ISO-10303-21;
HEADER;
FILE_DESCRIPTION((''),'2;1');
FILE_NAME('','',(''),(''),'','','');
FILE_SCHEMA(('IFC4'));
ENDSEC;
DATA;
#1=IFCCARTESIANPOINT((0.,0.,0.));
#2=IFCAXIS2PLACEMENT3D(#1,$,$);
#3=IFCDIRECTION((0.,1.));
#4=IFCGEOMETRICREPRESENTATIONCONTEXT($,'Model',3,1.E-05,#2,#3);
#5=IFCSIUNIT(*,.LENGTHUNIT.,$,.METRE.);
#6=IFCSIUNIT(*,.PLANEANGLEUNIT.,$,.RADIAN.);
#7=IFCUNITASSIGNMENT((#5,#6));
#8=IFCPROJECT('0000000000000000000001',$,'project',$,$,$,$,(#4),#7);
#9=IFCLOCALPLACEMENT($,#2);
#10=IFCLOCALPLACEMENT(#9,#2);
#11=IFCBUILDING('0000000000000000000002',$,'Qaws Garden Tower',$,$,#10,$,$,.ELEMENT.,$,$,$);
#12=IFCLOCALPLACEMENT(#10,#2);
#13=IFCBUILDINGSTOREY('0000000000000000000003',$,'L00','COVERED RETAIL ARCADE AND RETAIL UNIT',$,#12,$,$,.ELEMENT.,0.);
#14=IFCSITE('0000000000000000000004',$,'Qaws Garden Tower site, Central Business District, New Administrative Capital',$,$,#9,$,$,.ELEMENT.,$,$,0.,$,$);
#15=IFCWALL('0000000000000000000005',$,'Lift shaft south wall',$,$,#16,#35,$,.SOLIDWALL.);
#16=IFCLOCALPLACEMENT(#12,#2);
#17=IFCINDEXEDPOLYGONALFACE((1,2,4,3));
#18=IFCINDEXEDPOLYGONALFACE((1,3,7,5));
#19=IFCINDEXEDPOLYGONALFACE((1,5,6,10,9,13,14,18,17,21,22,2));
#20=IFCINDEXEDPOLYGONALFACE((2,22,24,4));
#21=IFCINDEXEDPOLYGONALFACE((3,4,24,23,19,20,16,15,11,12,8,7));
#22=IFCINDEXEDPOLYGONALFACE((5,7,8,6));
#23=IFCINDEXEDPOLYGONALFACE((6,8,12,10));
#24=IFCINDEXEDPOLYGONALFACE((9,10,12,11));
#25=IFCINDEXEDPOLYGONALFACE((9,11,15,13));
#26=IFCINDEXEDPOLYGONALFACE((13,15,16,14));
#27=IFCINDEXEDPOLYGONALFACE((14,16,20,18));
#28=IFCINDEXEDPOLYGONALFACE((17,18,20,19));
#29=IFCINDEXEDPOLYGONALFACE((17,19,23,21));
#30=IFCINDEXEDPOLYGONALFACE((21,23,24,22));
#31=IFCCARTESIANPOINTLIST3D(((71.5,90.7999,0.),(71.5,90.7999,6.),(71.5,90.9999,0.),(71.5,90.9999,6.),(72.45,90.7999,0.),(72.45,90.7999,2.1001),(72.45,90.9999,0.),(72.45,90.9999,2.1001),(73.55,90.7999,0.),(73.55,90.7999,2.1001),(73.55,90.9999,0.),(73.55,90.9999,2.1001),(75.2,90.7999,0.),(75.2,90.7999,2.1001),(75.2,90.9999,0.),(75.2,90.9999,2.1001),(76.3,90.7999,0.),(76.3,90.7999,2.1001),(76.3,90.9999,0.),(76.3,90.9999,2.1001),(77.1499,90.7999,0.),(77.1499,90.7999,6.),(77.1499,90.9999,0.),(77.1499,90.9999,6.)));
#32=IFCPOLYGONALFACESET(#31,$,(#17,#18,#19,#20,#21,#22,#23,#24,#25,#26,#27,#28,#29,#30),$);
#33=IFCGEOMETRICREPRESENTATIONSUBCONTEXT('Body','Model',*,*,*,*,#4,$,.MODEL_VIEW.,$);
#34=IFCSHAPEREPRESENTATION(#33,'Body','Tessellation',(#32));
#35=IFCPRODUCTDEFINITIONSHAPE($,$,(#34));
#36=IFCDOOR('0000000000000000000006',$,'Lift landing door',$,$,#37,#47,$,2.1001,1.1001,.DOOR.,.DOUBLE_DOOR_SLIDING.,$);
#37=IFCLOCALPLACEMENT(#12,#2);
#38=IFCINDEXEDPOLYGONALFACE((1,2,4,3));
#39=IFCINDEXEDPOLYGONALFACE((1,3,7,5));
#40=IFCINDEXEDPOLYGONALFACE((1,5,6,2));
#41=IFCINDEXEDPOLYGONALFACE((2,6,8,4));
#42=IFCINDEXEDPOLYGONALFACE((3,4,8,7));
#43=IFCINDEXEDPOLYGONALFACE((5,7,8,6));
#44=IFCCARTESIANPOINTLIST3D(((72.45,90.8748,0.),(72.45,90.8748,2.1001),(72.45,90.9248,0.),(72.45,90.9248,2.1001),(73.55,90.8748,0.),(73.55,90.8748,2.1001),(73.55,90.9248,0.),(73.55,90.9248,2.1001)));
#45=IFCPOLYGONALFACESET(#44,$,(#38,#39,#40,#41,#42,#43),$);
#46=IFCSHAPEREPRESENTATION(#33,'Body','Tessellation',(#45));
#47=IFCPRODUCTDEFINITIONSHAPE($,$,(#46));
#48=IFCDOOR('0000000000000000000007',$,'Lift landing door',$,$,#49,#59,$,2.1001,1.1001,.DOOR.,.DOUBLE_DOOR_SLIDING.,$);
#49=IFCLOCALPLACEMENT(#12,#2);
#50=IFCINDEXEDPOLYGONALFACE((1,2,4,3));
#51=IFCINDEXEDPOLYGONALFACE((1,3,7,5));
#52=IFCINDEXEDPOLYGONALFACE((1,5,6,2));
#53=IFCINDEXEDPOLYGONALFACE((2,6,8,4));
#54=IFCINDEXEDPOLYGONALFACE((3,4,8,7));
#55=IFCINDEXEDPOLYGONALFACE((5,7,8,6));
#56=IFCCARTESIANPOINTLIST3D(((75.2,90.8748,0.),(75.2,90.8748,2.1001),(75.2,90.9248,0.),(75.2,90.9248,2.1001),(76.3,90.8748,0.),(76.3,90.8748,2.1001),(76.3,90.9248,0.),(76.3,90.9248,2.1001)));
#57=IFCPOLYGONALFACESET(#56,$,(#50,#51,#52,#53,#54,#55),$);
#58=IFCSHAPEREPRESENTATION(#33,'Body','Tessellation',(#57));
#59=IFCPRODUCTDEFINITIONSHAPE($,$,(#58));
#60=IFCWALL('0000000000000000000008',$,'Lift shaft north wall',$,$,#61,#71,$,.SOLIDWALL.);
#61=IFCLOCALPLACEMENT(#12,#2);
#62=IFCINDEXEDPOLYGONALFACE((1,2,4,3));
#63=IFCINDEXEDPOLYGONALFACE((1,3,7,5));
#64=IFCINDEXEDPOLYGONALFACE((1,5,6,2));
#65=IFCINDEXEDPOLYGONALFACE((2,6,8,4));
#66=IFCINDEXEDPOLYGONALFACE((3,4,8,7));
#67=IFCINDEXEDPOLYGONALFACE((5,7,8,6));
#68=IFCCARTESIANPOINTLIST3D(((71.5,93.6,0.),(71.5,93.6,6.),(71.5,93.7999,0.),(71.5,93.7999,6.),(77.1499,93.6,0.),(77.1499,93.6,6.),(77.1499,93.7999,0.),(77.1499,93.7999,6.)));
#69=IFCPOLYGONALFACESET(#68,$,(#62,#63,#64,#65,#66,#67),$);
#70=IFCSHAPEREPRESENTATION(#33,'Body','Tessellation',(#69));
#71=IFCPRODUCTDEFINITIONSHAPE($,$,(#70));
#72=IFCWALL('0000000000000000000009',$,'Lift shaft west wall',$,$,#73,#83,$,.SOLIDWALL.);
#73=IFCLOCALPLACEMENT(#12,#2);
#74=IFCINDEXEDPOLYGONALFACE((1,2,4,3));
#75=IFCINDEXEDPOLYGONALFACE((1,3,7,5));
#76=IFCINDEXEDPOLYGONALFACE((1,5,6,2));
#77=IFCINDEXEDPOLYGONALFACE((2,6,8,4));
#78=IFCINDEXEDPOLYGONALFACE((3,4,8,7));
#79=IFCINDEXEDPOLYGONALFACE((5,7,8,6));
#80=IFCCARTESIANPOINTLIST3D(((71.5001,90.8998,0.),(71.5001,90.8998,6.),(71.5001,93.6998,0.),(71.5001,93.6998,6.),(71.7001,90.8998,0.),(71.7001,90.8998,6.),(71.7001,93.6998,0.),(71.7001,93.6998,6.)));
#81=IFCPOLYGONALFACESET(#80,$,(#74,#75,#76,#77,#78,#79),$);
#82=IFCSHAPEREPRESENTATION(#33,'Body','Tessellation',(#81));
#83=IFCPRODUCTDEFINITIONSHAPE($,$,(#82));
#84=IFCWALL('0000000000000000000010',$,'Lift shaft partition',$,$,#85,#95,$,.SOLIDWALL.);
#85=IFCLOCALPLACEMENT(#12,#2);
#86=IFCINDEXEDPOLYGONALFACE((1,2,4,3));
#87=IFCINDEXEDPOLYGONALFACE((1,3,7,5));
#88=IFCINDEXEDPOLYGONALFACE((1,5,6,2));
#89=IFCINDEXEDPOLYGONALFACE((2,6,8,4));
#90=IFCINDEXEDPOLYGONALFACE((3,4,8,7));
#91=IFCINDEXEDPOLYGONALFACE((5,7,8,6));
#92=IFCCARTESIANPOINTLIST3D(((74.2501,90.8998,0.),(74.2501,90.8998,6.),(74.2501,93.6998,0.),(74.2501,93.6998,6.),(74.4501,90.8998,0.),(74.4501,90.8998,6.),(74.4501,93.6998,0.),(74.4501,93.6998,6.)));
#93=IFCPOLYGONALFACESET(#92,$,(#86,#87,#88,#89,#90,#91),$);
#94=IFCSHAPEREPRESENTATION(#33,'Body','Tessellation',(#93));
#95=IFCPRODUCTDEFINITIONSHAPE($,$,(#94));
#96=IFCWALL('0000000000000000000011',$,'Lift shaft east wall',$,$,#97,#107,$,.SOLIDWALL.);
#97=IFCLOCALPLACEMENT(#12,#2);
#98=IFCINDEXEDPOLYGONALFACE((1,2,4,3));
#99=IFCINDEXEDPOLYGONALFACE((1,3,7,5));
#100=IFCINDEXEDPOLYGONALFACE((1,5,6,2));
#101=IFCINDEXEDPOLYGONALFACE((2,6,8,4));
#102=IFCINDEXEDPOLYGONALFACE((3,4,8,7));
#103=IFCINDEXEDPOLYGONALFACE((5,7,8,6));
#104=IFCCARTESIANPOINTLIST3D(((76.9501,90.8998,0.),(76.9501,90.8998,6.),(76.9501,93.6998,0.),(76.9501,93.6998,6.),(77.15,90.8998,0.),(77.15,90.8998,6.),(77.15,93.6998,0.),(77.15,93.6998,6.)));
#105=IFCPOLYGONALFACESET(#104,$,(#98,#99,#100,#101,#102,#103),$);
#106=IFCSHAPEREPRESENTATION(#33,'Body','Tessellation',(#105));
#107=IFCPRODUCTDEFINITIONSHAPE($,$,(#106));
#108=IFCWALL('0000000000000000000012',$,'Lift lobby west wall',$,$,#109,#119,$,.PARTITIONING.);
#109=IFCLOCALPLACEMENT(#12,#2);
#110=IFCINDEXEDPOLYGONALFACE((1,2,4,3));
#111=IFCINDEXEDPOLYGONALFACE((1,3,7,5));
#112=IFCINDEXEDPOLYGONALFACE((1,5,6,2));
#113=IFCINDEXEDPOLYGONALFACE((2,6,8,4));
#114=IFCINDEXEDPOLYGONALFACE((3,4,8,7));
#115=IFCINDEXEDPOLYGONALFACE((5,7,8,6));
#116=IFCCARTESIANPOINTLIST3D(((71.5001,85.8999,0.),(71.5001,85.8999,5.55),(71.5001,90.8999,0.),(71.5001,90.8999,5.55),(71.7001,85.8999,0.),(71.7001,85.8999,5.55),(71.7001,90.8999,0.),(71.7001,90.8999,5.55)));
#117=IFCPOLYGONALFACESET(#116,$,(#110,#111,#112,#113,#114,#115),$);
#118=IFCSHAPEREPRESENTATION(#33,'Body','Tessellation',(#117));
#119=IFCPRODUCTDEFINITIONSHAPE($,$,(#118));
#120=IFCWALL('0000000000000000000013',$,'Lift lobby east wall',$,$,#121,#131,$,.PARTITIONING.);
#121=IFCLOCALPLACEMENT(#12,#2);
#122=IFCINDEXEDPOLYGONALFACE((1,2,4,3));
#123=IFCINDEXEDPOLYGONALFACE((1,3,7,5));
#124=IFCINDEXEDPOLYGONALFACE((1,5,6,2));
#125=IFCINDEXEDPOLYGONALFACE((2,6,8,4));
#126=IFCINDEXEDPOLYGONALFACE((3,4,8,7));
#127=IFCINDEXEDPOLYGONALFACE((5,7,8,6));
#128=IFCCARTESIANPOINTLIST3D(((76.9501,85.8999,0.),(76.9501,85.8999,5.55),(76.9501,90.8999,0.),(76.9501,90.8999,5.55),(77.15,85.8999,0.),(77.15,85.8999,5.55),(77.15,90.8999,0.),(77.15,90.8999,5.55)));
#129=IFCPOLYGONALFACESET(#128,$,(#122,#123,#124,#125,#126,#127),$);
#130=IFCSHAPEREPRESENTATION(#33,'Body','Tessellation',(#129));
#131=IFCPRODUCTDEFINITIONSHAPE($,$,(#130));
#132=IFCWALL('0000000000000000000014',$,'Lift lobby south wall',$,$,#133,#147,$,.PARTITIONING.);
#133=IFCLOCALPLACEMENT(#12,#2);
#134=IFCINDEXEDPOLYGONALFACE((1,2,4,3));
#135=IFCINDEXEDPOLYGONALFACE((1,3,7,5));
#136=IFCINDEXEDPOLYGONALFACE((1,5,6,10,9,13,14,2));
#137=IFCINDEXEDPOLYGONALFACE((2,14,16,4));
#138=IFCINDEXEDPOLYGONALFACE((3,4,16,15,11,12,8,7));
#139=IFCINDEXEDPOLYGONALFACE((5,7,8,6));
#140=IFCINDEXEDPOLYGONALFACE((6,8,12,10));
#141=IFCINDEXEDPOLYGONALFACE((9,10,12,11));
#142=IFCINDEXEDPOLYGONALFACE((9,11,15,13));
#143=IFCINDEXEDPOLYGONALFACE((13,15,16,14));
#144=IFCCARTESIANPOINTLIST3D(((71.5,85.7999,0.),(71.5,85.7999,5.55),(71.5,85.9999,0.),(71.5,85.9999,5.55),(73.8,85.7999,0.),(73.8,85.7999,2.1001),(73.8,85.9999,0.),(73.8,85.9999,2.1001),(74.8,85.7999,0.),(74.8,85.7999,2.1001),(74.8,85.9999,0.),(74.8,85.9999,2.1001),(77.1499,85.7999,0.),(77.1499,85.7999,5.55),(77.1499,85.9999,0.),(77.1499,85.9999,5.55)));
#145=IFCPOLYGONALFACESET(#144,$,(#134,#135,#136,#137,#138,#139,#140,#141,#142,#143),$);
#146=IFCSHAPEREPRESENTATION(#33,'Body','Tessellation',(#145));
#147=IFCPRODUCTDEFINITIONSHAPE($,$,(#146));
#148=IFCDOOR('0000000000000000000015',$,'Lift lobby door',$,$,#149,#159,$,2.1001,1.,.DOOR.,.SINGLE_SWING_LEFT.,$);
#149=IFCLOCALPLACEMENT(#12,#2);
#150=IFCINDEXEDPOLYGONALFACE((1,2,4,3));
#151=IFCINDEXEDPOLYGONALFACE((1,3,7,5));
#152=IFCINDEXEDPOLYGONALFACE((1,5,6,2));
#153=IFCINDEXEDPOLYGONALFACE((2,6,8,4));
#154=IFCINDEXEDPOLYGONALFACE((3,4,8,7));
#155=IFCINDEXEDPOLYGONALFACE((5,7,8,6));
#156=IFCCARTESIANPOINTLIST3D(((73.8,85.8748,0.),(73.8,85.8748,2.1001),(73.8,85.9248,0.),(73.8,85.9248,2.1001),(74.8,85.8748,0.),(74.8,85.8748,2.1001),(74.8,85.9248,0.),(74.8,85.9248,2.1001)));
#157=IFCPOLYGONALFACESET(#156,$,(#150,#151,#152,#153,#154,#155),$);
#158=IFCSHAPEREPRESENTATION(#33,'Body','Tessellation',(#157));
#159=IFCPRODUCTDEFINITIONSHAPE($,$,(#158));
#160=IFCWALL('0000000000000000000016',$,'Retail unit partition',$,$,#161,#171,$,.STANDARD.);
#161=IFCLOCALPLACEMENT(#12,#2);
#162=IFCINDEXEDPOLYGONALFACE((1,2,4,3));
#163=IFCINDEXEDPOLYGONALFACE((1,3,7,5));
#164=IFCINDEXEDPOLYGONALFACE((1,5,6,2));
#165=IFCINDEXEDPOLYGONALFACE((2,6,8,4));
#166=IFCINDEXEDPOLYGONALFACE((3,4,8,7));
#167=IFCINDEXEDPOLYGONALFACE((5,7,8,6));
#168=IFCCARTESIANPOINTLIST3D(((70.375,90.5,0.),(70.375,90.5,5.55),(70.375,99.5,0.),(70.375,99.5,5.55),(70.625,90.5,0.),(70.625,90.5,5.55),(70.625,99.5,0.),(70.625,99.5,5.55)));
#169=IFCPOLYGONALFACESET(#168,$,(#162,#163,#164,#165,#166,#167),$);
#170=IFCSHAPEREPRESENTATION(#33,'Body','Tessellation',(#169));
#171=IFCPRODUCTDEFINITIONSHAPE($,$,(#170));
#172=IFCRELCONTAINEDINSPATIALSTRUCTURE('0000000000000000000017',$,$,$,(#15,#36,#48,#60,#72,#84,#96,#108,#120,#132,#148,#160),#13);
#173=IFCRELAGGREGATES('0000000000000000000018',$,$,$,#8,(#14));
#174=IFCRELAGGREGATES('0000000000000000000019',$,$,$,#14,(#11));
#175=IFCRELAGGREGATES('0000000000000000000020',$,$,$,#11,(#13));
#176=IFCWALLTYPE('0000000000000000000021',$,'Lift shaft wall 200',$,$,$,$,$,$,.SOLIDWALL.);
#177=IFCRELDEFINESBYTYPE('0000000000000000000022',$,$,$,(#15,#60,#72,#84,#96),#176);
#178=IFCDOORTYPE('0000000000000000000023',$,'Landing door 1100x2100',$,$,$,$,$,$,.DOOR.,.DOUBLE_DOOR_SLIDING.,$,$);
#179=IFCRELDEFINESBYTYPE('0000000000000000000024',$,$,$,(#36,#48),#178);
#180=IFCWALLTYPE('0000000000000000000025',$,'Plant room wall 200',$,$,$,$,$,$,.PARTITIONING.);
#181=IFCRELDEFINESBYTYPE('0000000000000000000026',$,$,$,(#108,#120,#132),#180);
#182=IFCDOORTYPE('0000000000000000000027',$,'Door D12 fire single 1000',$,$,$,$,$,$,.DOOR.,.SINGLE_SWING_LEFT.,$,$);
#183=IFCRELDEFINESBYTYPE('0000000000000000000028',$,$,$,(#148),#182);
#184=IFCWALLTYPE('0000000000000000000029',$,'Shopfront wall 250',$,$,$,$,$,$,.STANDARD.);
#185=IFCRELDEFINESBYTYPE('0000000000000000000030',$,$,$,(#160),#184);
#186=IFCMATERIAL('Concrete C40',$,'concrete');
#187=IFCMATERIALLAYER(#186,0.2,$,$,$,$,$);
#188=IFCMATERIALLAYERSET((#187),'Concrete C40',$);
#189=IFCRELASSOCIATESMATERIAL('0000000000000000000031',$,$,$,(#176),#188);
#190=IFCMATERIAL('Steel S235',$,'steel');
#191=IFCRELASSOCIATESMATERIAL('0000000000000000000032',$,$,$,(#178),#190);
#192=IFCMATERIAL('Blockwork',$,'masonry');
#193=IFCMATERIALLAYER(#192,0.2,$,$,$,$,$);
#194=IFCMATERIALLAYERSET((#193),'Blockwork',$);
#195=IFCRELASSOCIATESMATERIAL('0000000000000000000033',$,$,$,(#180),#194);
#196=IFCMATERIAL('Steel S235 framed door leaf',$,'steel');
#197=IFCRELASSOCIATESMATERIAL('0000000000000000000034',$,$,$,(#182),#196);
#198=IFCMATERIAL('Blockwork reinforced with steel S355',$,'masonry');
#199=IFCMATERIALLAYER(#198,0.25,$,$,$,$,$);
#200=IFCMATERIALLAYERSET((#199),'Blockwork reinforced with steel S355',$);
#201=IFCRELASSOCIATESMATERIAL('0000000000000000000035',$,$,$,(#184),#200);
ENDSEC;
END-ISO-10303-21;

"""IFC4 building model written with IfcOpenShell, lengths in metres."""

from ifc_helpers import new_model, si_unit, direction, frame, frame_2d, origin, place, context, subcontext, project, spatial, rectangle, extrude, material, layer, layer_set, type_object, element, fill, save


model = new_model("IFC4")

# Units and contexts
model_context = context("Model", 3, precision=1e-05, world=origin(), true_north=direction((0.0, 1.0)))
body_context = subcontext(model_context, "Body", "Model", "MODEL_VIEW")
ifc_project = project(units=[si_unit("LENGTHUNIT", "METRE"), si_unit("PLANEANGLEUNIT", "RADIAN")], contexts=[model_context])

# Site, building, storey
site_placement = place(None, origin())
site = spatial("IfcSite", under=ifc_project, at=site_placement, Name="Qaws Garden Tower site, Central Business District, New Administrative Capital", CompositionType="ELEMENT", RefElevation=0.0)
building_placement = place(site_placement, origin())
building = spatial("IfcBuilding", under=site, at=building_placement, Name="Qaws Garden Tower", CompositionType="ELEMENT")
storey_placement = place(building_placement, origin())
storey = spatial("IfcBuildingStorey", under=building, at=storey_placement, Name="L00", Description="COVERED RETAIL ARCADE AND RETAIL UNIT", CompositionType="ELEMENT", Elevation=0.0)

# Wall, openings, doors
ifc_material_1 = material(Name="Concrete C40", Category="concrete")
ifc_layer_1 = layer(ifc_material_1, 0.2)
ifc_layer_set_1 = layer_set([ifc_layer_1], Name="Concrete C40")
wall_type_1 = type_object("IfcWallType", Name="Lift shaft wall 200", PredefinedType="SOLIDWALL", material=ifc_layer_set_1)
wall_1_placement = place(storey_placement, frame((71.5, 90.8999, 0.0), z_axis=(0.0, 0.0, 1.0), x_axis=(1.0, 0.0, 0.0)))
wall_1 = element("IfcWall", 1, at=wall_1_placement, inside=storey, type_object=wall_type_1, Name="Lift shaft south wall", PredefinedType="SOLIDWALL", context=body_context, shape_type="SweptSolid", body=[
    extrude(rectangle(XDim=5.6499, YDim=0.2, at=frame_2d((2.825, 0.0))), origin(), (0.0, 0.0, 1.0), 6.0),
])
opening_1_placement = place(wall_1_placement, frame((0.95, 0.0, 0.0)))
opening_1 = element("IfcOpeningElement", 2, at=opening_1_placement, cuts=wall_1, PredefinedType="OPENING", context=body_context, shape_type="SweptSolid", body=[
    extrude(rectangle(XDim=1.1001, YDim=2.1001, at=frame_2d((0.55, 1.05))), frame((0.0, 0.1099, 0.0), z_axis=(0.0, -1.0, 0.0), x_axis=(1.0, 0.0, 0.0)), (0.0, 0.0, 1.0), 0.22),
])
opening_2_placement = place(wall_1_placement, frame((3.7, 0.0, 0.0)))
opening_2 = element("IfcOpeningElement", 3, at=opening_2_placement, cuts=wall_1, PredefinedType="OPENING", context=body_context, shape_type="SweptSolid", body=[
    extrude(rectangle(XDim=1.1001, YDim=2.1001, at=frame_2d((0.55, 1.05))), frame((0.0, 0.1099, 0.0), z_axis=(0.0, -1.0, 0.0), x_axis=(1.0, 0.0, 0.0)), (0.0, 0.0, 1.0), 0.22),
])
ifc_material_2 = material(Name="Steel S235", Category="steel")
door_type_1 = type_object("IfcDoorType", Name="Landing door 1100x2100", OperationType="DOUBLE_DOOR_SLIDING", PredefinedType="DOOR", material=ifc_material_2)
door_1_placement = place(opening_1_placement, origin())
door_1 = element("IfcDoor", 4, at=door_1_placement, inside=storey, type_object=door_type_1, Name="Lift landing door", OperationType="DOUBLE_DOOR_SLIDING", OverallHeight=2.1001, OverallWidth=1.1001, PredefinedType="DOOR", context=body_context, shape_type="SweptSolid", body=[
    extrude(rectangle(XDim=1.1001, YDim=2.1001, at=frame_2d((0.55, 1.05))), frame((0.0, 0.0249, 0.0), z_axis=(0.0, -1.0, 0.0), x_axis=(1.0, 0.0, 0.0)), (0.0, 0.0, 1.0), 0.05),
])
fill(opening_1, door_1)
door_2_placement = place(opening_2_placement, origin())
door_2 = element("IfcDoor", 5, at=door_2_placement, inside=storey, type_object=door_type_1, Name="Lift landing door", OperationType="DOUBLE_DOOR_SLIDING", OverallHeight=2.1001, OverallWidth=1.1001, PredefinedType="DOOR", context=body_context, shape_type="SweptSolid", body=[
    extrude(rectangle(XDim=1.1001, YDim=2.1001, at=frame_2d((0.55, 1.05))), frame((0.0, 0.0249, 0.0), z_axis=(0.0, -1.0, 0.0), x_axis=(1.0, 0.0, 0.0)), (0.0, 0.0, 1.0), 0.05),
])
fill(opening_2, door_2)

# Walls
wall_2_placement = place(storey_placement, frame((71.5, 93.7, 0.0), z_axis=(0.0, 0.0, 1.0), x_axis=(1.0, 0.0, 0.0)))
element("IfcWall", 6, at=wall_2_placement, inside=storey, type_object=wall_type_1, Name="Lift shaft north wall", PredefinedType="SOLIDWALL", context=body_context, shape_type="SweptSolid", body=[
    extrude(rectangle(XDim=5.6499, YDim=0.2, at=frame_2d((2.825, 0.0))), origin(), (0.0, 0.0, 1.0), 6.0),
])
for number, where, z_axis, x_axis, name in (
    (7, (71.6001, 90.8999, 0.0), (0.0, 0.0, 1.0), (0.0, 1.0, 0.0), "Lift shaft west wall"),
    (8, (74.3501, 90.8999, 0.0), (0.0, 0.0, 1.0), (0.0, 1.0, 0.0), "Lift shaft partition"),
    (9, (77.05, 90.8999, 0.0), (0.0, 0.0, 1.0), (0.0, 1.0, 0.0), "Lift shaft east wall"),
):
    element("IfcWall", number, at=place(storey_placement, frame(where, z_axis=z_axis, x_axis=x_axis)), inside=storey, type_object=wall_type_1, Name=name, PredefinedType="SOLIDWALL", context=body_context, shape_type="SweptSolid", body=[
        extrude(rectangle(XDim=2.8, YDim=0.2, at=frame_2d((1.3999, 0.0))), origin(), (0.0, 0.0, 1.0), 6.0),
    ])
ifc_material_3 = material(Name="Blockwork", Category="masonry")
ifc_layer_2 = layer(ifc_material_3, 0.2)
ifc_layer_set_2 = layer_set([ifc_layer_2], Name="Blockwork")
wall_type_2 = type_object("IfcWallType", Name="Plant room wall 200", PredefinedType="PARTITIONING", material=ifc_layer_set_2)
for number, where, z_axis, x_axis, name in (
    (10, (71.6001, 85.8999, 0.0), (0.0, 0.0, 1.0), (0.0, 1.0, 0.0), "Lift lobby west wall"),
    (11, (77.05, 85.8999, 0.0), (0.0, 0.0, 1.0), (0.0, 1.0, 0.0), "Lift lobby east wall"),
):
    element("IfcWall", number, at=place(storey_placement, frame(where, z_axis=z_axis, x_axis=x_axis)), inside=storey, type_object=wall_type_2, Name=name, PredefinedType="PARTITIONING", context=body_context, shape_type="SweptSolid", body=[
        extrude(rectangle(XDim=5.0, YDim=0.2, at=frame_2d((2.5, 0.0))), origin(), (0.0, 0.0, 1.0), 5.55),
    ])

# Wall, opening, door
wall_3_placement = place(storey_placement, frame((71.5, 85.8999, 0.0), z_axis=(0.0, 0.0, 1.0), x_axis=(1.0, 0.0, 0.0)))
wall_3 = element("IfcWall", 12, at=wall_3_placement, inside=storey, type_object=wall_type_2, Name="Lift lobby south wall", PredefinedType="PARTITIONING", context=body_context, shape_type="SweptSolid", body=[
    extrude(rectangle(XDim=5.6499, YDim=0.2, at=frame_2d((2.825, 0.0))), origin(), (0.0, 0.0, 1.0), 5.55),
])
opening_3_placement = place(wall_3_placement, frame((2.3, 0.0, 0.0)))
opening_3 = element("IfcOpeningElement", 13, at=opening_3_placement, cuts=wall_3, PredefinedType="OPENING", context=body_context, shape_type="SweptSolid", body=[
    extrude(rectangle(XDim=1.0, YDim=2.1001, at=frame_2d((0.5, 1.05))), frame((0.0, 0.1099, 0.0), z_axis=(0.0, -1.0, 0.0), x_axis=(1.0, 0.0, 0.0)), (0.0, 0.0, 1.0), 0.22),
])
ifc_material_4 = material(Name="Steel S235 framed door leaf", Category="steel")
door_type_2 = type_object("IfcDoorType", Name="Door D12 fire single 1000", OperationType="SINGLE_SWING_LEFT", PredefinedType="DOOR", material=ifc_material_4)
door_3_placement = place(opening_3_placement, origin())
door_3 = element("IfcDoor", 14, at=door_3_placement, inside=storey, type_object=door_type_2, Name="Lift lobby door", OperationType="SINGLE_SWING_LEFT", OverallHeight=2.1001, OverallWidth=1.0, PredefinedType="DOOR", context=body_context, shape_type="SweptSolid", body=[
    extrude(rectangle(XDim=1.0, YDim=2.1001, at=frame_2d((0.5, 1.05))), frame((0.0, 0.0249, 0.0), z_axis=(0.0, -1.0, 0.0), x_axis=(1.0, 0.0, 0.0)), (0.0, 0.0, 1.0), 0.05),
])
fill(opening_3, door_3)

# Wall
ifc_material_5 = material(Name="Blockwork reinforced with steel S355", Category="masonry")
ifc_layer_3 = layer(ifc_material_5, 0.25)
ifc_layer_set_3 = layer_set([ifc_layer_3], Name="Blockwork reinforced with steel S355")
wall_type_3 = type_object("IfcWallType", Name="Shopfront wall 250", PredefinedType="STANDARD", material=ifc_layer_set_3)
wall_4_placement = place(storey_placement, frame((70.5, 90.5, 0.0), z_axis=(0.0, 0.0, 1.0), x_axis=(0.0, 1.0, 0.0)))
element("IfcWall", 15, at=wall_4_placement, inside=storey, type_object=wall_type_3, Name="Retail unit partition", PredefinedType="STANDARD", context=body_context, shape_type="SweptSolid", body=[
    extrude(rectangle(XDim=9.0, YDim=0.25, at=frame_2d((4.5, 0.0))), origin(), (0.0, 0.0, 1.0), 5.55),
])

save(model, "model.ifc")
